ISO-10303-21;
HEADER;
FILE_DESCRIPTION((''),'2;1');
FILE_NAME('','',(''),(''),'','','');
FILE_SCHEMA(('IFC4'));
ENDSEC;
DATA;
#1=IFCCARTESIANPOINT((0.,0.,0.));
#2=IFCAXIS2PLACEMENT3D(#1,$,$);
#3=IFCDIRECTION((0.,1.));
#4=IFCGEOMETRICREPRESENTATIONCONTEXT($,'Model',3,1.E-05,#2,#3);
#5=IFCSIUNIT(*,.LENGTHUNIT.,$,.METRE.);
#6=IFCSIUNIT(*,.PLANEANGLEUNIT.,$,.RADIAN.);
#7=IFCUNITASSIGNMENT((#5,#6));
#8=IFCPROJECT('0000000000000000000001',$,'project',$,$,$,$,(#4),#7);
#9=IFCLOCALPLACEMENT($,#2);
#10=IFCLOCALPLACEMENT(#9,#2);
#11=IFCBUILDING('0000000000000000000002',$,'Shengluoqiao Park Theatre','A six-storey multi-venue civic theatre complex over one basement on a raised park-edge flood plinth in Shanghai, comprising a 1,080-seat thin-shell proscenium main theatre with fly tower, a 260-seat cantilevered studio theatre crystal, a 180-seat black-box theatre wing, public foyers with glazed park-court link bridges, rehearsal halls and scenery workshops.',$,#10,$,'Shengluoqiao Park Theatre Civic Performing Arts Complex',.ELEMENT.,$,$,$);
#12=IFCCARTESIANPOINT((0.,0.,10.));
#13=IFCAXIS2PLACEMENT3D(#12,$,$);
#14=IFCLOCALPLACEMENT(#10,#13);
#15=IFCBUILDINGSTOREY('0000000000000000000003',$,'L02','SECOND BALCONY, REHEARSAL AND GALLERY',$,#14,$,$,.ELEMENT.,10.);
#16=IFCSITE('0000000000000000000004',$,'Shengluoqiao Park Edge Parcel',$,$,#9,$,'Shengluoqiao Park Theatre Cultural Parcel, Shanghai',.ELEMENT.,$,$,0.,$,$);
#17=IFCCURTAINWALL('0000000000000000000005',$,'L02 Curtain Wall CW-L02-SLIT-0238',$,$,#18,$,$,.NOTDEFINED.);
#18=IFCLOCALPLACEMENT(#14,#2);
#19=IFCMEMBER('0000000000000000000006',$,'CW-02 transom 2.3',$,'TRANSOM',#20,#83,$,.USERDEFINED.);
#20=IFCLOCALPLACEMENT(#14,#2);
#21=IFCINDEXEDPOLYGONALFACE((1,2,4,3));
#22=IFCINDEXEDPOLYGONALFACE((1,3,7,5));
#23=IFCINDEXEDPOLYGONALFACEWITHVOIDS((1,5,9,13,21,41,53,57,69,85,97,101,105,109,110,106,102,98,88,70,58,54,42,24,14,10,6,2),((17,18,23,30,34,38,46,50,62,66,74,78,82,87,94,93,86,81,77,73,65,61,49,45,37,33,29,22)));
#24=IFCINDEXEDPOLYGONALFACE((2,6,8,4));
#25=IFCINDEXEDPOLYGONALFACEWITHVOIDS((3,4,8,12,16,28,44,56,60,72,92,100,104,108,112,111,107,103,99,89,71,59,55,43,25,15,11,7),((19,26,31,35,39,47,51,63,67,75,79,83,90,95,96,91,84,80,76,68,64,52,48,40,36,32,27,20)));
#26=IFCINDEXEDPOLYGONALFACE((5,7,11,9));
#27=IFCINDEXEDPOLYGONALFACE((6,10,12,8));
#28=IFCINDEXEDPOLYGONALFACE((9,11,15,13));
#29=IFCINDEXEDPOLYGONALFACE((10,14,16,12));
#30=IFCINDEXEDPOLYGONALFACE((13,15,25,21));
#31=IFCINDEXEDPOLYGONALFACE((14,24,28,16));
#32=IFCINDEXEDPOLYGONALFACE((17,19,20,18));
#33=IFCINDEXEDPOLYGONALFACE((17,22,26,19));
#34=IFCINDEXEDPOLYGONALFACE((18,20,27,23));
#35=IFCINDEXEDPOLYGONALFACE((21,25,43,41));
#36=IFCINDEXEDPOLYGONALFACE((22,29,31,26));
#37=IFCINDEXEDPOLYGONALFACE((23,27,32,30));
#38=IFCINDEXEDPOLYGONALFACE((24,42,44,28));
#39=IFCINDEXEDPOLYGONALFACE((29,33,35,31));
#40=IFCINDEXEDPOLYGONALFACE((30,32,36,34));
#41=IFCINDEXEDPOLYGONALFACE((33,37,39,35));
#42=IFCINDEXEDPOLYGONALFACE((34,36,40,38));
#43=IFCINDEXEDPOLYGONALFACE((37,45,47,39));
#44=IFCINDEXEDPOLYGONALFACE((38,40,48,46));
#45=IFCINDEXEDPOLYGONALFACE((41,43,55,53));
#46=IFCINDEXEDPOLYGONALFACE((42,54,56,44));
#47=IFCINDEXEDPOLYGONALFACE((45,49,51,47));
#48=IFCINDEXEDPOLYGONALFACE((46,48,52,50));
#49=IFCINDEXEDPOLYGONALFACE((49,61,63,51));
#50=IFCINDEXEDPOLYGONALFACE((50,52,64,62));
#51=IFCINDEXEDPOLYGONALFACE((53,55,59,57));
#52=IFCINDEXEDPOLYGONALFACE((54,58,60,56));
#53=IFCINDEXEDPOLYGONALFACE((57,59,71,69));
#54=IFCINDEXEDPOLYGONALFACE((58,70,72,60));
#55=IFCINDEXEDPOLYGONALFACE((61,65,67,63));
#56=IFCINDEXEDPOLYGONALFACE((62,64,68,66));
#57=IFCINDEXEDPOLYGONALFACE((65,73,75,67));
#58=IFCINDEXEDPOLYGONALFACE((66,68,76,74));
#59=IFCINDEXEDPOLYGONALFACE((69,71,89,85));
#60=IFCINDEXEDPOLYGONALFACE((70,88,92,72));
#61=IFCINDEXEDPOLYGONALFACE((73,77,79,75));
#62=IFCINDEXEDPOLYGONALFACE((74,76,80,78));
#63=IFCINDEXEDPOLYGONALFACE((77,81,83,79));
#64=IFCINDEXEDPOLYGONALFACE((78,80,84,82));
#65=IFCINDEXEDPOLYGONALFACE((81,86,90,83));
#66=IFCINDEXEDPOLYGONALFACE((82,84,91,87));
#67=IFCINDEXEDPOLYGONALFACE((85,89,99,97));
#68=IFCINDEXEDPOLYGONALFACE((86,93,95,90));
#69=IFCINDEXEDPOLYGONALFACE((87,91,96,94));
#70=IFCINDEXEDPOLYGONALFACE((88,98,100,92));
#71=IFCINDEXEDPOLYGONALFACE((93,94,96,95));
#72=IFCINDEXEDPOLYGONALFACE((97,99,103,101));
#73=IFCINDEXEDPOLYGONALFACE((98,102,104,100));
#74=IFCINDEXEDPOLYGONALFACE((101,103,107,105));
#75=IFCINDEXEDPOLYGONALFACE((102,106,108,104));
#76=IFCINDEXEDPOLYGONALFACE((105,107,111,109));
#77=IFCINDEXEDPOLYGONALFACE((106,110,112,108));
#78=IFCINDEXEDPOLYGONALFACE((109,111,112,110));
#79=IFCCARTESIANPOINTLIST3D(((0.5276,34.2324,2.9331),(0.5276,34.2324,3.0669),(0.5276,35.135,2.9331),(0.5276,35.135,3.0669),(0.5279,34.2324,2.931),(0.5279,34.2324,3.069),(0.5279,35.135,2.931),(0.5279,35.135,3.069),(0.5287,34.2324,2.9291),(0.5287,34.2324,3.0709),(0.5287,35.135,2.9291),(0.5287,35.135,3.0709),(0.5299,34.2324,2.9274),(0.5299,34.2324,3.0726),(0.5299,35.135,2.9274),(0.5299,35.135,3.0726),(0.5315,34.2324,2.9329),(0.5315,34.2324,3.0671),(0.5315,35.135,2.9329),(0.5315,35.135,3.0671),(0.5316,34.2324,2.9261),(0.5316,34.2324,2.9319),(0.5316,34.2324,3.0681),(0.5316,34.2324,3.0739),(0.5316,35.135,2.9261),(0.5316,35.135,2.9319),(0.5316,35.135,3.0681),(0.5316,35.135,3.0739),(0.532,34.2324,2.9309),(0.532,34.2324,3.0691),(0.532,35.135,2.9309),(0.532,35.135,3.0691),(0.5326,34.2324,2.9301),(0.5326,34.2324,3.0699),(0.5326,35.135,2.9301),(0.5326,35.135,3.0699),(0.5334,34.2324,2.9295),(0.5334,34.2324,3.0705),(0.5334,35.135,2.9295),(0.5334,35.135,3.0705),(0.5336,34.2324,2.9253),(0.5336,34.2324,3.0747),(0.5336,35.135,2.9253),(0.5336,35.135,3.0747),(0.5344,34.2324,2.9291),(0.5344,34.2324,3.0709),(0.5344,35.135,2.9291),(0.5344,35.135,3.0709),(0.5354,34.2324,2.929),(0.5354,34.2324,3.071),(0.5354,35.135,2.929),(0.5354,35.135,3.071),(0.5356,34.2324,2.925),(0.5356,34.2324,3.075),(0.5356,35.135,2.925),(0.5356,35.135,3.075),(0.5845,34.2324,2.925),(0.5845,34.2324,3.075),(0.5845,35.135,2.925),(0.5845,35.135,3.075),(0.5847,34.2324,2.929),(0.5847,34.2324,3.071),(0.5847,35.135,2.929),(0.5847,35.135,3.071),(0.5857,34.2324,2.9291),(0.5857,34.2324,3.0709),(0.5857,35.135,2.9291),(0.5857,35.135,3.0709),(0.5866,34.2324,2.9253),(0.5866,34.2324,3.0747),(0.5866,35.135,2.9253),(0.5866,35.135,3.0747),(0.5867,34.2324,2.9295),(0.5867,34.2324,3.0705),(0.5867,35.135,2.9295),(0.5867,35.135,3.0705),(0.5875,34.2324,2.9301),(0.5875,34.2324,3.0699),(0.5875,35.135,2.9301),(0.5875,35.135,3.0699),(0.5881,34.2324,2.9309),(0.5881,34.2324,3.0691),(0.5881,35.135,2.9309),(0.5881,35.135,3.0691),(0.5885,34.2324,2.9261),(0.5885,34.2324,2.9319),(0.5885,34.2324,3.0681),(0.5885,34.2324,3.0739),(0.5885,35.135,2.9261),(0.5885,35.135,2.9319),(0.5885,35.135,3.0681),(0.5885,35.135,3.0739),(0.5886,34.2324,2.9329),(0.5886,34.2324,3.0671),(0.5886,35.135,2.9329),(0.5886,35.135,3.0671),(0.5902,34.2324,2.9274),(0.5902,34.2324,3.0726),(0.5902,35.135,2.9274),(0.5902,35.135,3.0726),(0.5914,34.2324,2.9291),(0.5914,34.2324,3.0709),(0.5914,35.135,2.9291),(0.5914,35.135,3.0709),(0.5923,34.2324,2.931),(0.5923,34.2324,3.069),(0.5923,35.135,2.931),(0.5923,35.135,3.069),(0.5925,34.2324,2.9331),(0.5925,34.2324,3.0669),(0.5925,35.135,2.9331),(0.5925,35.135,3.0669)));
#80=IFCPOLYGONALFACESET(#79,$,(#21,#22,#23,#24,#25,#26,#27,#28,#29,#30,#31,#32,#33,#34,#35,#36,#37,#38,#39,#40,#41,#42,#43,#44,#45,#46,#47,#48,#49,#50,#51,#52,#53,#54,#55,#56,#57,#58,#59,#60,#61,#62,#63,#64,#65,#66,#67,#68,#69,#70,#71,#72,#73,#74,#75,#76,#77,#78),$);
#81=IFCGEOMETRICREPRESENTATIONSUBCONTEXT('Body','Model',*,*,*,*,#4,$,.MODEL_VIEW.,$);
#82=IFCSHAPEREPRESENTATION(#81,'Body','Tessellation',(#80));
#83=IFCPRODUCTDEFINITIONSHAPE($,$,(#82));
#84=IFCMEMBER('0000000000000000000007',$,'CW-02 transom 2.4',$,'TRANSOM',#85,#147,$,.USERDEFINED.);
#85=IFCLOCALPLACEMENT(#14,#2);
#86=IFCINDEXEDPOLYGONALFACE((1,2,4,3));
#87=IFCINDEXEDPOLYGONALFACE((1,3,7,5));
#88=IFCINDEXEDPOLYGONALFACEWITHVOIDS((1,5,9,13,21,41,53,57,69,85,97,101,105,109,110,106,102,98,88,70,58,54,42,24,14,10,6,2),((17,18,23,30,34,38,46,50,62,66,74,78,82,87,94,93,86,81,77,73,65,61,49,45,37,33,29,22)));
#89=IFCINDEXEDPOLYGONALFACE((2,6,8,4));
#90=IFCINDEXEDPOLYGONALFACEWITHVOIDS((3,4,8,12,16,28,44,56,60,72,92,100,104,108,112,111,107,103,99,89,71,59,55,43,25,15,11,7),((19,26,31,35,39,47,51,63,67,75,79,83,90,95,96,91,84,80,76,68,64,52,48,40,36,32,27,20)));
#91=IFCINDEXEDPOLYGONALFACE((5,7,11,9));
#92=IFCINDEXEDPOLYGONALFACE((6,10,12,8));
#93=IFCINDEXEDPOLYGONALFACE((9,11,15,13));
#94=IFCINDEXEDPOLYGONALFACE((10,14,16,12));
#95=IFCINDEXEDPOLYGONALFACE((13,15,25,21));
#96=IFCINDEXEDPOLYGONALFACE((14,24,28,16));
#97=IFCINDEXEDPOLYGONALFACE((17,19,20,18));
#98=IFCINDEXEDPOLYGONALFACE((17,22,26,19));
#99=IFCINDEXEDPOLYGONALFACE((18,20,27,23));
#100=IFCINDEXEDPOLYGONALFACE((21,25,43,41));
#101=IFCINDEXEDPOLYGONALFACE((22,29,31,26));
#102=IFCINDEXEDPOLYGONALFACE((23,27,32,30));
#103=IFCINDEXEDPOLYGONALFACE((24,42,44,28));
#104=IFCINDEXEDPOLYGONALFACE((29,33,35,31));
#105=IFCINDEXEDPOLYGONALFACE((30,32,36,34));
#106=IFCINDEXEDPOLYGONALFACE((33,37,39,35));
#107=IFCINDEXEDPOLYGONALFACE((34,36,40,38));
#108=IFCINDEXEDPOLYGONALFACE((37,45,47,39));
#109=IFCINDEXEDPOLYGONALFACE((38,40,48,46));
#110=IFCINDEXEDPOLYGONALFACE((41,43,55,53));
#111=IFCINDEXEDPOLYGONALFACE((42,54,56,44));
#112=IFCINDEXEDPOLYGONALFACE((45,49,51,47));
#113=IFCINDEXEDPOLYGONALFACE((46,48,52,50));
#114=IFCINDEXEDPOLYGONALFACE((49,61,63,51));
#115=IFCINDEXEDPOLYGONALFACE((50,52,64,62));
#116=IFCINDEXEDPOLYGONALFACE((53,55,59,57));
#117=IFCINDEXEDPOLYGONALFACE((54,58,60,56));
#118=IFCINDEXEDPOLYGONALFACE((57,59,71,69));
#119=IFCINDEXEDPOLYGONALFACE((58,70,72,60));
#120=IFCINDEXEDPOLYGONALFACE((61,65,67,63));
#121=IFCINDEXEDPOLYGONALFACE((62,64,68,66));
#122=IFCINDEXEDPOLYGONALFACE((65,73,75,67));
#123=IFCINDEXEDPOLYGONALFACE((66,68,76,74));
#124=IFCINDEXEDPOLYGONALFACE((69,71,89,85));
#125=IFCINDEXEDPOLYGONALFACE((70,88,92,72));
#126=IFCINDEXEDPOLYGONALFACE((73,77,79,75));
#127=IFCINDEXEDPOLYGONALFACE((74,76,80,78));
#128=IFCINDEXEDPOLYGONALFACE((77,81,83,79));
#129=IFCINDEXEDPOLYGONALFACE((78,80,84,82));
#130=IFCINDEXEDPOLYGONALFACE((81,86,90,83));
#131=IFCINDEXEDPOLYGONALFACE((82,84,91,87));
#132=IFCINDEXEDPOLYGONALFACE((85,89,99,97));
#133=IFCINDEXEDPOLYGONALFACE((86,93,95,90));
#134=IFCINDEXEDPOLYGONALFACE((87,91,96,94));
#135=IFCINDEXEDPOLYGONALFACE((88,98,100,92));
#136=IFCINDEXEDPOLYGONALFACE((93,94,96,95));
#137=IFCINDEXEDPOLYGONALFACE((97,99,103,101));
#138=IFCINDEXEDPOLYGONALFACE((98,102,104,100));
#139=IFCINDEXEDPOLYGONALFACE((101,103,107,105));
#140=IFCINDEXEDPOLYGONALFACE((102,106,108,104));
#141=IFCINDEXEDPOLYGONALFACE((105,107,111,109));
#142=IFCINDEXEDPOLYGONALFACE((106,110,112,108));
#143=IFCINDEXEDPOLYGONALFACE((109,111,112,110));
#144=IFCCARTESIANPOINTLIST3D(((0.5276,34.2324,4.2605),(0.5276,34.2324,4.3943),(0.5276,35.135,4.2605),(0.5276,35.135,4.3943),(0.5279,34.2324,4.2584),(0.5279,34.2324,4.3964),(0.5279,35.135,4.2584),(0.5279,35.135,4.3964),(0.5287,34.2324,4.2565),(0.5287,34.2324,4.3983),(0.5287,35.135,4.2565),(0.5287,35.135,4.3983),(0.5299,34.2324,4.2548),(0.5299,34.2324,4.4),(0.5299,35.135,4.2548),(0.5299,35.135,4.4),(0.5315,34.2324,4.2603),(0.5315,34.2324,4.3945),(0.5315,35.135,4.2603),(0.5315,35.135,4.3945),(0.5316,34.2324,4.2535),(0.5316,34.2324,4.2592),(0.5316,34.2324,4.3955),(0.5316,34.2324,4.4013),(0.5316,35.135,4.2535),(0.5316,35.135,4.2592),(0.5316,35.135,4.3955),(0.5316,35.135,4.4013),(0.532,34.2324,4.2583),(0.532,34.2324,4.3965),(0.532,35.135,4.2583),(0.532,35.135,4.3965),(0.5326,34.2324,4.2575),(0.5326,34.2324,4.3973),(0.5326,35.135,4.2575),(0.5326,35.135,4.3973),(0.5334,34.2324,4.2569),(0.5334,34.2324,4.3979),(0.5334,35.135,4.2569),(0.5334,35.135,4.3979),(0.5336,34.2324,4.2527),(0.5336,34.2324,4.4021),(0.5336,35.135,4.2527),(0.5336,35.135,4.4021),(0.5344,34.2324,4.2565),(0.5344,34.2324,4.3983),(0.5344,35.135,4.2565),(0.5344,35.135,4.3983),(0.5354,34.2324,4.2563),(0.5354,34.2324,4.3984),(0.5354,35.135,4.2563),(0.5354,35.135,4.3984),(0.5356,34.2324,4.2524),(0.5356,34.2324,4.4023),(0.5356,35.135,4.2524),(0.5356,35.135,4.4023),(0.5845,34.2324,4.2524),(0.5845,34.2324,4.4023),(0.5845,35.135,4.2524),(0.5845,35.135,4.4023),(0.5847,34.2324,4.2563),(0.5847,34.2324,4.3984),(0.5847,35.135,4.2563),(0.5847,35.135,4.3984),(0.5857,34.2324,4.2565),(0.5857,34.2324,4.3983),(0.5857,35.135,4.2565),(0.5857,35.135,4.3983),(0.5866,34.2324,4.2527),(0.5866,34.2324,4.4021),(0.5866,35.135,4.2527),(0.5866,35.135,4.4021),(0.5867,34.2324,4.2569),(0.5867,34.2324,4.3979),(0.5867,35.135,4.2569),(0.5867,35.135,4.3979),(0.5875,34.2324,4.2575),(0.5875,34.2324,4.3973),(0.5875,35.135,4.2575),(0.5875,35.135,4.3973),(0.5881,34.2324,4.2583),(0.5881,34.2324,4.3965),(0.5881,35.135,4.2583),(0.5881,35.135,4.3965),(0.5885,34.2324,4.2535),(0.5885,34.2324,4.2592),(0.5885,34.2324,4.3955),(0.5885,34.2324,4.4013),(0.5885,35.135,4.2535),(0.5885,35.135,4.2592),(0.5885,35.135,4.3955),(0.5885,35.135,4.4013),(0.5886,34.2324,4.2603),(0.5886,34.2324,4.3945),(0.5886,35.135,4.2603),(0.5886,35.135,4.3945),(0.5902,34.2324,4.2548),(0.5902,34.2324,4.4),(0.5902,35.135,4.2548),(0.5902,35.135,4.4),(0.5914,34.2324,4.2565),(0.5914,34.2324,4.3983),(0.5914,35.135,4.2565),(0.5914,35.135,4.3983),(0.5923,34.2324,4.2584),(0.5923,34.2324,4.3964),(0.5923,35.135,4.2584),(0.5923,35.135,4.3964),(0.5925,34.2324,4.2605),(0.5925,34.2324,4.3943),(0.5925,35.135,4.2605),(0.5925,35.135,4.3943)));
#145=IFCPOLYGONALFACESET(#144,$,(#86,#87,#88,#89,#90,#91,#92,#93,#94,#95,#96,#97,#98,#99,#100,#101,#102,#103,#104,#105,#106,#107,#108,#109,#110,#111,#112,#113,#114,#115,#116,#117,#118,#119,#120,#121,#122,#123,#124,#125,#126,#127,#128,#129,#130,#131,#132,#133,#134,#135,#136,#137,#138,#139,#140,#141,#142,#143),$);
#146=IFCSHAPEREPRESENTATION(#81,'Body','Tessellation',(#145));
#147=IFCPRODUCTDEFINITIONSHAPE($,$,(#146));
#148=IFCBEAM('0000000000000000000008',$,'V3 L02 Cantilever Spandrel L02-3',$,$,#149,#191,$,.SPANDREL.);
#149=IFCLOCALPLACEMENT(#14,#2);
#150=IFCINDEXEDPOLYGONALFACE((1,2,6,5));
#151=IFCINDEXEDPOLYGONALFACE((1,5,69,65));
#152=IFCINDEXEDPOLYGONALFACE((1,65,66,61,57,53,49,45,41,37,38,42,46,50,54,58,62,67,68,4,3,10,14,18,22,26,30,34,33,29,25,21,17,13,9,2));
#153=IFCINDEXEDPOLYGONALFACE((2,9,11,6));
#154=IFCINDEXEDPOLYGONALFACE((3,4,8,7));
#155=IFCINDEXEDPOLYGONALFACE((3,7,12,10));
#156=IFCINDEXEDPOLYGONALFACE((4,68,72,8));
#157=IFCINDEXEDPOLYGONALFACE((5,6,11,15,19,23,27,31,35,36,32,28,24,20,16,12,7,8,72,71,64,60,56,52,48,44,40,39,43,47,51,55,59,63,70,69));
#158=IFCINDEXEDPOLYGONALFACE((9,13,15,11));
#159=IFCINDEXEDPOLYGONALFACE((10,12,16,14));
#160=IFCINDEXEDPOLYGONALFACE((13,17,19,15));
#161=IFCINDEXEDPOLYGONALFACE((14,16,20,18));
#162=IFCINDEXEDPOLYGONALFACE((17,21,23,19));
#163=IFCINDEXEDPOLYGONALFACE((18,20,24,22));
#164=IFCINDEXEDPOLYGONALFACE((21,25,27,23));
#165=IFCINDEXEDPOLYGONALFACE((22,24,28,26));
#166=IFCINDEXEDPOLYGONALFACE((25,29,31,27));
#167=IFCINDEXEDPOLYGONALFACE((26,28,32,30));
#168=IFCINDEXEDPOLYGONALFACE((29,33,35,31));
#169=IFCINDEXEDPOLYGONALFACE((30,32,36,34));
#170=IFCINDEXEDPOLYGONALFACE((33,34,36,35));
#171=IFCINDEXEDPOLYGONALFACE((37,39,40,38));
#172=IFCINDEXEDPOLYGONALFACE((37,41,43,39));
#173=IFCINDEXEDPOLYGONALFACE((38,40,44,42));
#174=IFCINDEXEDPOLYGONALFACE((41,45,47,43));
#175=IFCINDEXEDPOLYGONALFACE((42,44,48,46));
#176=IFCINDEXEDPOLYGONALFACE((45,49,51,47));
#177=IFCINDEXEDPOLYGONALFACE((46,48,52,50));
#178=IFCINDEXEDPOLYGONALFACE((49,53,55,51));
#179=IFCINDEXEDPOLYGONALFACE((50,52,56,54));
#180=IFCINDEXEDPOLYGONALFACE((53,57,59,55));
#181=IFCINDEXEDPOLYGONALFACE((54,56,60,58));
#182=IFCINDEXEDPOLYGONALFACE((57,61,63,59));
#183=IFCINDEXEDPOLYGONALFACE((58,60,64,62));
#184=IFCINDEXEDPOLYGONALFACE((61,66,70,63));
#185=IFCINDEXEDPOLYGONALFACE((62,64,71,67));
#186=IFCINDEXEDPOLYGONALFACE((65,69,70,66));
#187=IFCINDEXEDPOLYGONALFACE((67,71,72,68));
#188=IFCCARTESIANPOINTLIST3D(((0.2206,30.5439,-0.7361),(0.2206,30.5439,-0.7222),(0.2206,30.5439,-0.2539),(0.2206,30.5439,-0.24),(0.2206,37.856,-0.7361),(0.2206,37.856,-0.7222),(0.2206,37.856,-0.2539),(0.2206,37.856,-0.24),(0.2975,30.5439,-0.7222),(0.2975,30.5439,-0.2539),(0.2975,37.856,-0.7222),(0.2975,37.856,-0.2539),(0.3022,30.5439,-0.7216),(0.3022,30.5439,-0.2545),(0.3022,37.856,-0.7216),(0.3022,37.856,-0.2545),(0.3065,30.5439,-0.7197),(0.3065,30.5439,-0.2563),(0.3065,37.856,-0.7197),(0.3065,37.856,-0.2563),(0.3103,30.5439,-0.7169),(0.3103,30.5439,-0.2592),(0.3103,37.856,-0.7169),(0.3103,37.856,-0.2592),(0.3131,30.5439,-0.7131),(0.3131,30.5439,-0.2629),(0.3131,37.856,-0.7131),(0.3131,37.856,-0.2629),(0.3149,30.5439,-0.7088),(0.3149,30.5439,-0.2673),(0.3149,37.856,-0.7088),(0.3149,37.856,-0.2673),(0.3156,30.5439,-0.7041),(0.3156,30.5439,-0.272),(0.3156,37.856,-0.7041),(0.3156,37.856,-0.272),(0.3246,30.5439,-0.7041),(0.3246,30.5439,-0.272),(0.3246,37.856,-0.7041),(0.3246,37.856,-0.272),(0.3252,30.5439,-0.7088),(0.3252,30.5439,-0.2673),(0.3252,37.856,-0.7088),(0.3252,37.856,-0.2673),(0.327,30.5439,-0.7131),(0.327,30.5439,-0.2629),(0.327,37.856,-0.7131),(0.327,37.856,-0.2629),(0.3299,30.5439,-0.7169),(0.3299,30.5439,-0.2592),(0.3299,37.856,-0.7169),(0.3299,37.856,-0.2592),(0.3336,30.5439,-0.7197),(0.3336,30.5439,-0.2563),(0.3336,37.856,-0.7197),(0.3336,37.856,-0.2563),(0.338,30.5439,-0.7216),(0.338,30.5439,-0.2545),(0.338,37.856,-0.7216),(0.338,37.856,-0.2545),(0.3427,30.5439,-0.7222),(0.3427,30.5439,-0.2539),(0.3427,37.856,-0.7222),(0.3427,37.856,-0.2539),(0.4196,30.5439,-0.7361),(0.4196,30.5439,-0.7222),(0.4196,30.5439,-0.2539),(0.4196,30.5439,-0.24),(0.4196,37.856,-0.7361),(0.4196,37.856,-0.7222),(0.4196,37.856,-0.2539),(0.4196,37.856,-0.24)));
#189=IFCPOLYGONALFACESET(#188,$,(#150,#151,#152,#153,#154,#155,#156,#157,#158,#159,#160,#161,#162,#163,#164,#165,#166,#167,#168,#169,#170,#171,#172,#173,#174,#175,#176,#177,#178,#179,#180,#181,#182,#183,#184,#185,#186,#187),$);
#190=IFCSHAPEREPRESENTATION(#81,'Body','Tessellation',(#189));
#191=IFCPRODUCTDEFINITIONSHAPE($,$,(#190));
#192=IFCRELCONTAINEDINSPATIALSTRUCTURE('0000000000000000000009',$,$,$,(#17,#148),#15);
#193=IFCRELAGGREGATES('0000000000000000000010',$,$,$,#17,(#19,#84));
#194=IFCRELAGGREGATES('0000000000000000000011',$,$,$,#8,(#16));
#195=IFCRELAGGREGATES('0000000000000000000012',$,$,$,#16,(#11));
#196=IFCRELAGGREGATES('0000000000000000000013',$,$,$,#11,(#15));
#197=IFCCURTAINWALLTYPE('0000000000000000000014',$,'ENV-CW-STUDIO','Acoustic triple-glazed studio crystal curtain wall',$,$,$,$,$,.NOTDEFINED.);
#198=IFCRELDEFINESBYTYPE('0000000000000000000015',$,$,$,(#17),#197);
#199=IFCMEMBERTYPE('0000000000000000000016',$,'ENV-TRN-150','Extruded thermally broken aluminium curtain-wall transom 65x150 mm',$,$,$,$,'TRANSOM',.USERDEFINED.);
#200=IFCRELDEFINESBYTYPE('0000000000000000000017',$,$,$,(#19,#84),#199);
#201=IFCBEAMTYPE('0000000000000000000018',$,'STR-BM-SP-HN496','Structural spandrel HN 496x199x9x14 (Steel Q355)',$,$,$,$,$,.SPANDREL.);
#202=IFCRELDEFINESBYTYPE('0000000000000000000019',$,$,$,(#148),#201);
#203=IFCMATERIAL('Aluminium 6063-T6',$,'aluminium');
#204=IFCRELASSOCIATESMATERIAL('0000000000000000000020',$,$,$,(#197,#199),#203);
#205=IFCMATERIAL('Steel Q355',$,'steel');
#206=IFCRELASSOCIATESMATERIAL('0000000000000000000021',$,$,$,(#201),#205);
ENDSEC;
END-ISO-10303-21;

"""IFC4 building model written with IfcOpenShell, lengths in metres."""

from ifc_helpers import new_model, si_unit, direction, frame, origin, origin_2d, place, context, subcontext, project, spatial, hollow_rectangle, i_section, extrude, material, material_profile, profile_set, type_object, element, aggregate, save


model = new_model("IFC4")

# Units and contexts
model_context = context("Model", 3, precision=1e-05, world=origin(), true_north=direction((0.0, 1.0)))
body_context = subcontext(model_context, "Body", "Model", "MODEL_VIEW")
ifc_project = project(units=[si_unit("LENGTHUNIT", "METRE"), si_unit("PLANEANGLEUNIT", "RADIAN")], contexts=[model_context])

# Site, building, storey
site_placement = place(None, origin())
site = spatial("IfcSite", under=ifc_project, at=site_placement, Name="Shengluoqiao Park Edge Parcel", LongName="Shengluoqiao Park Theatre Cultural Parcel, Shanghai", CompositionType="ELEMENT", RefElevation=0.0)
building_placement = place(site_placement, origin())
building = spatial("IfcBuilding", under=site, at=building_placement, Name="Shengluoqiao Park Theatre", Description="A six-storey multi-venue civic theatre complex over one basement on a raised park-edge flood plinth in Shanghai, comprising a 1,080-seat thin-shell proscenium main theatre with fly tower, a 260-seat cantilevered studio theatre crystal, a 180-seat black-box theatre wing, public foyers with glazed park-court link bridges, rehearsal halls and scenery workshops.", LongName="Shengluoqiao Park Theatre Civic Performing Arts Complex", CompositionType="ELEMENT")
storey_placement = place(building_placement, frame((0.0, 0.0, 10.0)))
storey = spatial("IfcBuildingStorey", under=building, at=storey_placement, Name="L02", Description="SECOND BALCONY, REHEARSAL AND GALLERY", CompositionType="ELEMENT", Elevation=10.0)

# Curtain wall, members
ifc_material_1 = material(Name="Aluminium 6063-T6", Category="aluminium")
curtain_wall_type = type_object("IfcCurtainWallType", Name="ENV-CW-STUDIO", Description="Acoustic triple-glazed studio crystal curtain wall", PredefinedType="NOTDEFINED", material=ifc_material_1)
curtain_wall_placement = place(storey_placement, origin())
curtain_wall = element("IfcCurtainWall", 1, at=curtain_wall_placement, inside=storey, type_object=curtain_wall_type, Name="L02 Curtain Wall CW-L02-SLIT-0238", PredefinedType="NOTDEFINED")
ifc_material_profile_1 = material_profile(ifc_material_1, hollow_rectangle(XDim=0.0649, YDim=0.1499, WallThickness=0.0039, InnerFilletRadius=0.0039, OuterFilletRadius=0.0081, at=origin_2d()), Name="ALU TRANSOM 150x65x4")
ifc_profile_set_1 = profile_set([ifc_material_profile_1], Name="Aluminium 6063-T6")
member_type_1 = type_object("IfcMemberType", Name="ENV-TRN-150", Description="Extruded thermally broken aluminium curtain-wall transom 65x150 mm", ElementType="TRANSOM", PredefinedType="USERDEFINED", material=ifc_profile_set_1)
member_1_placement = place(storey_placement, frame((0.5601, 34.2324, 3.0), z_axis=(0.0, 1.0, 0.0), x_axis=(-1.0, 0.0, 0.0)))
member_1 = element("IfcMember", 2, at=member_1_placement, type_object=member_type_1, Name="CW-02 transom 2.3", ObjectType="TRANSOM", PredefinedType="USERDEFINED", context=body_context, shape_type="SweptSolid", body=[
    extrude(hollow_rectangle(XDim=0.0649, YDim=0.1499, WallThickness=0.0039, InnerFilletRadius=0.0039, OuterFilletRadius=0.0081, at=origin_2d()), origin(), (0.0, 0.0, 1.0), 0.9026),
])
member_2_placement = place(storey_placement, frame((0.5601, 34.2324, 4.3274), z_axis=(0.0, 1.0, 0.0), x_axis=(-1.0, 0.0, 0.0)))
member_2 = element("IfcMember", 3, at=member_2_placement, type_object=member_type_1, Name="CW-02 transom 2.4", ObjectType="TRANSOM", PredefinedType="USERDEFINED", context=body_context, shape_type="SweptSolid", body=[
    extrude(hollow_rectangle(XDim=0.0649, YDim=0.1499, WallThickness=0.0039, InnerFilletRadius=0.0039, OuterFilletRadius=0.0081, at=origin_2d()), origin(), (0.0, 0.0, 1.0), 0.9026),
])

# Beam
ifc_material_2 = material(Name="Steel Q355", Category="steel")
ifc_material_profile_2 = material_profile(ifc_material_2, i_section(OverallWidth=0.199, OverallDepth=0.4961, WebThickness=0.009, FlangeThickness=0.0139, FilletRadius=0.0181, at=origin_2d()), Name="HN 496x199x9x14")
ifc_profile_set_2 = profile_set([ifc_material_profile_2], Name="Steel Q355")
beam_type = type_object("IfcBeamType", Name="STR-BM-SP-HN496", Description="Structural spandrel HN 496x199x9x14 (Steel Q355)", PredefinedType="SPANDREL", material=ifc_profile_set_2)
beam_placement = place(storey_placement, frame((0.3201, 30.5439, -0.488), z_axis=(0.0, 1.0, 0.0), x_axis=(-1.0, 0.0, 0.0)))
element("IfcBeam", 4, at=beam_placement, inside=storey, type_object=beam_type, Name="V3 L02 Cantilever Spandrel L02-3", PredefinedType="SPANDREL", context=body_context, shape_type="SweptSolid", body=[
    extrude(i_section(OverallWidth=0.199, OverallDepth=0.4961, WebThickness=0.009, FlangeThickness=0.0139, FilletRadius=0.0181, at=origin_2d()), origin(), (0.0, 0.0, 1.0), 7.312),
])

aggregate(curtain_wall, [member_1, member_2])

save(model, "model.ifc")
